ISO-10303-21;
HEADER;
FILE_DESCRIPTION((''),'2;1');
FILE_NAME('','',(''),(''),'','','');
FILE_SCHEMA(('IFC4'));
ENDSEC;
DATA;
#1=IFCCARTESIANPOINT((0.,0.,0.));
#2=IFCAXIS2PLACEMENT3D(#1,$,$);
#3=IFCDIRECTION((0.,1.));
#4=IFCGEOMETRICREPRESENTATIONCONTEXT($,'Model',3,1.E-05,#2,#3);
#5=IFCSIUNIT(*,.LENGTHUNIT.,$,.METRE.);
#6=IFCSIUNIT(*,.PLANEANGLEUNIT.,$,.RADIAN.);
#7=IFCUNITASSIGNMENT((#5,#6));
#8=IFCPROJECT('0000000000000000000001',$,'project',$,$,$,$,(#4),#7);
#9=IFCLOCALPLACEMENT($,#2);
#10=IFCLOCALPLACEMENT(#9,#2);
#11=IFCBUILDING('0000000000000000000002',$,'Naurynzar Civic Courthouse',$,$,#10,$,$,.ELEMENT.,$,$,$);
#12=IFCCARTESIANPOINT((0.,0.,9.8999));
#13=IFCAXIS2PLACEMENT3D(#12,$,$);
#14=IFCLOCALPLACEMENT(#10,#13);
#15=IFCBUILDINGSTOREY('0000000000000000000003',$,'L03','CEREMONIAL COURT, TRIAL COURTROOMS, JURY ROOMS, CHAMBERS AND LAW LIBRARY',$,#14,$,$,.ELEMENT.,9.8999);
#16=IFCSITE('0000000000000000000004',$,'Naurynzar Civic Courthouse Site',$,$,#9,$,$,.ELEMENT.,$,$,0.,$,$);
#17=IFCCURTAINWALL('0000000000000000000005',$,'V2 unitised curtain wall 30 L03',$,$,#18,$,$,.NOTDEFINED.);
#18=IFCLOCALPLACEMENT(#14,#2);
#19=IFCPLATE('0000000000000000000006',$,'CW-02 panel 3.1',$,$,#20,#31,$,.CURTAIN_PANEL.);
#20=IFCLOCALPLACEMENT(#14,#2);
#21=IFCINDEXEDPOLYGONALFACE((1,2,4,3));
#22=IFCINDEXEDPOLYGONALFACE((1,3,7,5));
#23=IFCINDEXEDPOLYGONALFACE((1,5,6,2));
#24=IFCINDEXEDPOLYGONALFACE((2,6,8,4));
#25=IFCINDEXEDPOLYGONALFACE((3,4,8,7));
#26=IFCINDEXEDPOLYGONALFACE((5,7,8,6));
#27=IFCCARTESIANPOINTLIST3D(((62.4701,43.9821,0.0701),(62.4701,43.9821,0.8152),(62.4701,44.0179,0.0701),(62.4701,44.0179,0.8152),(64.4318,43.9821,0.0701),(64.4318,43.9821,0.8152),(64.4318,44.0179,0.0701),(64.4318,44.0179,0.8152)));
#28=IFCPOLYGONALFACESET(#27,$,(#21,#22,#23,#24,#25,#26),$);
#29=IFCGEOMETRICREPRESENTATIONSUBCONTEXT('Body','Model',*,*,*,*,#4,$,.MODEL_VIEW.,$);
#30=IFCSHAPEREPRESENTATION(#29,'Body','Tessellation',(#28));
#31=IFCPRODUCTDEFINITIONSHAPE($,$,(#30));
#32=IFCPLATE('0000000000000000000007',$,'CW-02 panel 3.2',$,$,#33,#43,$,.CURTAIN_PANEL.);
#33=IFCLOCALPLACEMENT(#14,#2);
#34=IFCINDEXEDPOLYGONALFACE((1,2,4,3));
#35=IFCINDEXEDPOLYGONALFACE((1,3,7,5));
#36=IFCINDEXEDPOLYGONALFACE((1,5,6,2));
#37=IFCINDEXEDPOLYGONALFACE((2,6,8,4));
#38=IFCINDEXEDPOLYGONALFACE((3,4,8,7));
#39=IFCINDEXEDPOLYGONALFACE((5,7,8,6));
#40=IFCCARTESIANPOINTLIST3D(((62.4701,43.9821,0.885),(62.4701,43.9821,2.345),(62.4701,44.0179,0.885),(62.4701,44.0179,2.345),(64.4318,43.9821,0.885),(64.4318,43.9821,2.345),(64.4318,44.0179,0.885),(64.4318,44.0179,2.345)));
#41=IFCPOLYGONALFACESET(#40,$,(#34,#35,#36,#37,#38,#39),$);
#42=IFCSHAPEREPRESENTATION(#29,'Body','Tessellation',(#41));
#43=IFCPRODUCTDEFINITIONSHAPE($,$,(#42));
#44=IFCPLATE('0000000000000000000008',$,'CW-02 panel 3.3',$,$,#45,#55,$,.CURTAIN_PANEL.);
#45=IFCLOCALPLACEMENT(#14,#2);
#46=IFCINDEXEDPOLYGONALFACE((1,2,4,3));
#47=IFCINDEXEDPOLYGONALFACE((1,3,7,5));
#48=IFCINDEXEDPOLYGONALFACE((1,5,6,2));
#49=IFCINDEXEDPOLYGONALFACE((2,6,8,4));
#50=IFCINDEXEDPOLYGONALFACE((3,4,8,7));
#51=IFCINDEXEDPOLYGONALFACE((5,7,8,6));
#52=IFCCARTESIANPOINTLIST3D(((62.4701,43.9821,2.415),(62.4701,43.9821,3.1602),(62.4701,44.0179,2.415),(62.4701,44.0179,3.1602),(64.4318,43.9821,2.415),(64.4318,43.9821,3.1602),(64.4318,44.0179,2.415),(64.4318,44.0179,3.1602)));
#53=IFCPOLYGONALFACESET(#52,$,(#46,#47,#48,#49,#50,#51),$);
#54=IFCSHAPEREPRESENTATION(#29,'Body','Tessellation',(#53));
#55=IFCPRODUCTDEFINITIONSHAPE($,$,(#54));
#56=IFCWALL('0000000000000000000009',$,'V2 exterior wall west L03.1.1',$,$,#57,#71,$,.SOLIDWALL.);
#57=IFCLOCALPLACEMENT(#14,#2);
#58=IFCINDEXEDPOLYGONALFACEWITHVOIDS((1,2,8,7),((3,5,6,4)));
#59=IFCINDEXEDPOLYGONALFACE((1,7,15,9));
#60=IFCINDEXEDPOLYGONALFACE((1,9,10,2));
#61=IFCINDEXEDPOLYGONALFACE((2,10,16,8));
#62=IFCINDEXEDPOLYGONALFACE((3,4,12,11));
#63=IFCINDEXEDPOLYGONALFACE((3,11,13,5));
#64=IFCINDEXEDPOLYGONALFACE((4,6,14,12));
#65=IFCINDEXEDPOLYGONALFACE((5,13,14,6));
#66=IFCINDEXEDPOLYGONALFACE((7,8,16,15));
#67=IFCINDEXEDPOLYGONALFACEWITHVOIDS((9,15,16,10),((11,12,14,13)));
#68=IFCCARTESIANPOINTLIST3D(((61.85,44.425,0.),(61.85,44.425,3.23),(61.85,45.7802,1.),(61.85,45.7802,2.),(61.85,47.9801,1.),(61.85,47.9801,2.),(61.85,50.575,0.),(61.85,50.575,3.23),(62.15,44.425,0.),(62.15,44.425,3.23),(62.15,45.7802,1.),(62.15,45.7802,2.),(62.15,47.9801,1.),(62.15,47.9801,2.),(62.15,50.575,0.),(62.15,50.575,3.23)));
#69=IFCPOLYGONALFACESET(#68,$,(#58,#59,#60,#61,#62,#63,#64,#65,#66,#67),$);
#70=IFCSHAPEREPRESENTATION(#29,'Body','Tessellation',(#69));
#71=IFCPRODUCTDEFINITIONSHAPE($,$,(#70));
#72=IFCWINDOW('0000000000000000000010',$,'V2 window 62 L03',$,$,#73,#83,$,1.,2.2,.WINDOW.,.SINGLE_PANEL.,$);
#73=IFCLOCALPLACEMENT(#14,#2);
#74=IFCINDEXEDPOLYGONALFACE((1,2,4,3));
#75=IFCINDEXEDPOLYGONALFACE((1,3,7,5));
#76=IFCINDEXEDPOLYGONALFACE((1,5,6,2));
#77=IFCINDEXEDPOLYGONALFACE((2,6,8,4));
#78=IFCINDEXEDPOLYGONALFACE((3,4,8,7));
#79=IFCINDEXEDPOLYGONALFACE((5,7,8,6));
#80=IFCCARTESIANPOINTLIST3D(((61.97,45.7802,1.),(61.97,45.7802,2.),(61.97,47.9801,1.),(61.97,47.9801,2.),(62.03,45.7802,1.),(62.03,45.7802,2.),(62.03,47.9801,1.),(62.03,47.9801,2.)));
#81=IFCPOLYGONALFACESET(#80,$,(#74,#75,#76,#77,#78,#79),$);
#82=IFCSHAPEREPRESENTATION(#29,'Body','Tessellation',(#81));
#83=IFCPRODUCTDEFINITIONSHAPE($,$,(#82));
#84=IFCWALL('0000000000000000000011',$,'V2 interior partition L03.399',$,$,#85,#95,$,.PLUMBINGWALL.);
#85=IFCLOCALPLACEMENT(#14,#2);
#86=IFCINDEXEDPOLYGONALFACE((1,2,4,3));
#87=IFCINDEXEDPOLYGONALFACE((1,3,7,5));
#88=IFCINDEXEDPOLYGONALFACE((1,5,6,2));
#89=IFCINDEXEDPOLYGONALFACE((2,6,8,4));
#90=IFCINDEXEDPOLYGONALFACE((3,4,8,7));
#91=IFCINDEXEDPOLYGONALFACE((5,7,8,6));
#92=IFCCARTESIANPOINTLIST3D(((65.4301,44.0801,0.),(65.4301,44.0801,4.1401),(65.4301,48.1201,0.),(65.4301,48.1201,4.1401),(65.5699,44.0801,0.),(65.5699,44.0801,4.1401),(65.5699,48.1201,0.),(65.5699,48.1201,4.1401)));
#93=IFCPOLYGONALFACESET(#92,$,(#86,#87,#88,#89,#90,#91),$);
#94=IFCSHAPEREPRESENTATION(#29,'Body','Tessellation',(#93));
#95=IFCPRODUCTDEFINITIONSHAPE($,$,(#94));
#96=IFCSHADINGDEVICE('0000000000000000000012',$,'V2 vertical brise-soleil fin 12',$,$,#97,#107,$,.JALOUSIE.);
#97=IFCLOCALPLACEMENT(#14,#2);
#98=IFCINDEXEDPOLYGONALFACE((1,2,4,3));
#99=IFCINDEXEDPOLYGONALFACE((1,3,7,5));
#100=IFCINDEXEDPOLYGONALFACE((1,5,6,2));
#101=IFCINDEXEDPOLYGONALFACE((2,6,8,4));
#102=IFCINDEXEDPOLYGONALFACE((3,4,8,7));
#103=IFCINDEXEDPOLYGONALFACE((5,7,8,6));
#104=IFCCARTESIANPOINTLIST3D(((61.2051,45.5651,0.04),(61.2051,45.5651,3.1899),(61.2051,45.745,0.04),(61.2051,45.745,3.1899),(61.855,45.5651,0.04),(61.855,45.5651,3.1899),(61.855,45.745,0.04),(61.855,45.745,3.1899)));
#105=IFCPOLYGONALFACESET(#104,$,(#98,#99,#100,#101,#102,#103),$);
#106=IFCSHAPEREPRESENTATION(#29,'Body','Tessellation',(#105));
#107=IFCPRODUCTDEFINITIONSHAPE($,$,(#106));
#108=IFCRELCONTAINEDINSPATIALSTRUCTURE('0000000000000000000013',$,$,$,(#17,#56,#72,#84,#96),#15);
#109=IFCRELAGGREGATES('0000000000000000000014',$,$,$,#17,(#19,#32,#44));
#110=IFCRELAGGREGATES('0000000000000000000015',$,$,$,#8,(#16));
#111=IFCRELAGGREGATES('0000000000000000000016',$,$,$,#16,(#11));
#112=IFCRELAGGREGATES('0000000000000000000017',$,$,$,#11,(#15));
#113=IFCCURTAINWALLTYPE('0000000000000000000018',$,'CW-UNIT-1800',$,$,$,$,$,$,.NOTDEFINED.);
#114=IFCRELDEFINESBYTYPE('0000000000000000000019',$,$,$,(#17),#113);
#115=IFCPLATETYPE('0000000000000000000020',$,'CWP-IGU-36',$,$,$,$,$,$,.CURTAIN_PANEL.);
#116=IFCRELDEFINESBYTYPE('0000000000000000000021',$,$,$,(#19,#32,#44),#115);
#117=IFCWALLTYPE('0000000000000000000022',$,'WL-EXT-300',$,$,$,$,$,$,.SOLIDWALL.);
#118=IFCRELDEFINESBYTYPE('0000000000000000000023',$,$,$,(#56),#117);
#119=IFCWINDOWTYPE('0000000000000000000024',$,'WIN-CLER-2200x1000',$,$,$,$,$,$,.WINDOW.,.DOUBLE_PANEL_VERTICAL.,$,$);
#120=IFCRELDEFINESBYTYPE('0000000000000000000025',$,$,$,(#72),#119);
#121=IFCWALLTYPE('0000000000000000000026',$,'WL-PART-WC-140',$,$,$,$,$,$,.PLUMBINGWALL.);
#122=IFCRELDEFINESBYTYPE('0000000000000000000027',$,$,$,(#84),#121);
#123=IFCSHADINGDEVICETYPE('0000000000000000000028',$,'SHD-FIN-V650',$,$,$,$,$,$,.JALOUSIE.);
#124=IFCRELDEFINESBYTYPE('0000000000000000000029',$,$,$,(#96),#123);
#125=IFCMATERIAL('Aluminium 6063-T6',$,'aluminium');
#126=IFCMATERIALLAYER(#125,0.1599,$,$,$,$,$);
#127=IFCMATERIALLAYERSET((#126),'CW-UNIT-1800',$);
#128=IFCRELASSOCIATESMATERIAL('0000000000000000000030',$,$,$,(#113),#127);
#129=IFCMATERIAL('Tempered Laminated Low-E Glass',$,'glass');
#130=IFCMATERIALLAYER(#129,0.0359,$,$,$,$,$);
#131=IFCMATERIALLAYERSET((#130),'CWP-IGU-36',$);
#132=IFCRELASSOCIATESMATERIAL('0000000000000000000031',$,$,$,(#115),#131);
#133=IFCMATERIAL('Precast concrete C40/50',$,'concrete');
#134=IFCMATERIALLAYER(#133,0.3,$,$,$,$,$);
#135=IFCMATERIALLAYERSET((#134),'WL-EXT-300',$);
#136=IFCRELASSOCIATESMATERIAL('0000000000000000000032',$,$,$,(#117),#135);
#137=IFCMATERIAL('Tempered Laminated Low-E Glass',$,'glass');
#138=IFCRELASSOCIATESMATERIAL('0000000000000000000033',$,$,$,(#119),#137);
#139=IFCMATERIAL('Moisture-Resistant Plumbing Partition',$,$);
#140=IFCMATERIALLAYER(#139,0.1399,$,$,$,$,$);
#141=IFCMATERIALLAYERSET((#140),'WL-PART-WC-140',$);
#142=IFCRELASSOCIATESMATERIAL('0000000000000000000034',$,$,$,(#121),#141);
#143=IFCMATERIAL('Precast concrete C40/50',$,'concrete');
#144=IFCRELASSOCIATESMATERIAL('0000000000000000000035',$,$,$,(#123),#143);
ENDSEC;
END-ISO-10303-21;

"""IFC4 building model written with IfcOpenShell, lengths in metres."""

from ifc_helpers import new_model, si_unit, direction, frame, frame_2d, origin, origin_2d, place, context, subcontext, project, spatial, rectangle, extrude, material, layer, layer_set, type_object, element, fill, aggregate, save


model = new_model("IFC4")

# Units and contexts
model_context = context("Model", 3, precision=1e-05, world=origin(), true_north=direction((0.0, 1.0)))
body_context = subcontext(model_context, "Body", "Model", "MODEL_VIEW")
ifc_project = project(units=[si_unit("LENGTHUNIT", "METRE"), si_unit("PLANEANGLEUNIT", "RADIAN")], contexts=[model_context])

# Site, building, storey
site_placement = place(None, origin())
site = spatial("IfcSite", under=ifc_project, at=site_placement, Name="Naurynzar Civic Courthouse Site", CompositionType="ELEMENT", RefElevation=0.0)
building_placement = place(site_placement, origin())
building = spatial("IfcBuilding", under=site, at=building_placement, Name="Naurynzar Civic Courthouse", CompositionType="ELEMENT")
storey_placement = place(building_placement, frame((0.0, 0.0, 9.8999)))
storey = spatial("IfcBuildingStorey", under=building, at=storey_placement, Name="L03", Description="CEREMONIAL COURT, TRIAL COURTROOMS, JURY ROOMS, CHAMBERS AND LAW LIBRARY", CompositionType="ELEMENT", Elevation=9.8999)

# Curtain wall, plates
ifc_material_1 = material(Name="Aluminium 6063-T6", Category="aluminium")
ifc_layer_1 = layer(ifc_material_1, 0.1599)
ifc_layer_set_1 = layer_set([ifc_layer_1], Name="CW-UNIT-1800")
curtain_wall_type = type_object("IfcCurtainWallType", Name="CW-UNIT-1800", PredefinedType="NOTDEFINED", material=ifc_layer_set_1)
curtain_wall_placement = place(storey_placement, origin())
curtain_wall = element("IfcCurtainWall", 1, at=curtain_wall_placement, inside=storey, type_object=curtain_wall_type, Name="V2 unitised curtain wall 30 L03", PredefinedType="NOTDEFINED")
ifc_material_2 = material(Name="Tempered Laminated Low-E Glass", Category="glass")
ifc_layer_2 = layer(ifc_material_2, 0.0359)
ifc_layer_set_2 = layer_set([ifc_layer_2], Name="CWP-IGU-36")
plate_type = type_object("IfcPlateType", Name="CWP-IGU-36", PredefinedType="CURTAIN_PANEL", material=ifc_layer_set_2)
plate_1_placement = place(storey_placement, frame((63.4509, 44.0, 0.0701), z_axis=(0.0, 0.0, 1.0), x_axis=(-1.0, 0.0, 0.0)))
plate_1 = element("IfcPlate", 2, at=plate_1_placement, type_object=plate_type, Name="CW-02 panel 3.1", PredefinedType="CURTAIN_PANEL", context=body_context, shape_type="SweptSolid", body=[
    extrude(rectangle(XDim=1.9617, YDim=0.0359, at=origin_2d()), origin(), (0.0, 0.0, 1.0), 0.7451),
])
plate_2_placement = place(storey_placement, frame((63.4509, 44.0, 0.885), z_axis=(0.0, 0.0, 1.0), x_axis=(-1.0, 0.0, 0.0)))
plate_2 = element("IfcPlate", 3, at=plate_2_placement, type_object=plate_type, Name="CW-02 panel 3.2", PredefinedType="CURTAIN_PANEL", context=body_context, shape_type="SweptSolid", body=[
    extrude(rectangle(XDim=1.9617, YDim=0.0359, at=origin_2d()), origin(), (0.0, 0.0, 1.0), 1.46),
])
plate_3_placement = place(storey_placement, frame((63.4509, 44.0, 2.415), z_axis=(0.0, 0.0, 1.0), x_axis=(-1.0, 0.0, 0.0)))
plate_3 = element("IfcPlate", 4, at=plate_3_placement, type_object=plate_type, Name="CW-02 panel 3.3", PredefinedType="CURTAIN_PANEL", context=body_context, shape_type="SweptSolid", body=[
    extrude(rectangle(XDim=1.9617, YDim=0.0359, at=origin_2d()), origin(), (0.0, 0.0, 1.0), 0.7451),
])
aggregate(curtain_wall, [plate_1, plate_2, plate_3])

# Wall, opening, window
ifc_material_3 = material(Name="Precast concrete C40/50", Category="concrete")
ifc_layer_3 = layer(ifc_material_3, 0.3)
ifc_layer_set_3 = layer_set([ifc_layer_3], Name="WL-EXT-300")
wall_type_1 = type_object("IfcWallType", Name="WL-EXT-300", PredefinedType="SOLIDWALL", material=ifc_layer_set_3)
wall_1_placement = place(storey_placement, frame((62.0, 44.425, 0.0), z_axis=(0.0, 0.0, 1.0), x_axis=(0.0, 1.0, 0.0)))
wall_1 = element("IfcWall", 5, at=wall_1_placement, inside=storey, type_object=wall_type_1, Name="V2 exterior wall west L03.1.1", PredefinedType="SOLIDWALL", context=body_context, shape_type="SweptSolid", body=[
    extrude(rectangle(XDim=6.1499, YDim=0.3, at=frame_2d((3.075, 0.0))), origin(), (0.0, 0.0, 1.0), 3.23),
])
opening_placement = place(wall_1_placement, frame((1.355, 0.0, 1.0)))
opening = element("IfcOpeningElement", 6, at=opening_placement, cuts=wall_1, PredefinedType="OPENING", context=body_context, shape_type="SweptSolid", body=[
    extrude(rectangle(XDim=2.2, YDim=1.0, at=frame_2d((1.1001, 0.5))), frame((0.0, 0.1599, 0.0), z_axis=(0.0, -1.0, 0.0), x_axis=(1.0, 0.0, 0.0)), (0.0, 0.0, 1.0), 0.3201),
])
ifc_material_4 = material(Name="Tempered Laminated Low-E Glass", Category="glass")
window_type = type_object("IfcWindowType", Name="WIN-CLER-2200x1000", PartitioningType="DOUBLE_PANEL_VERTICAL", PredefinedType="WINDOW", material=ifc_material_4)
window_placement = place(opening_placement, origin())
window = element("IfcWindow", 7, at=window_placement, inside=storey, type_object=window_type, Name="V2 window 62 L03", OverallHeight=1.0, OverallWidth=2.2, PartitioningType="SINGLE_PANEL", PredefinedType="WINDOW", context=body_context, shape_type="SweptSolid", body=[
    extrude(rectangle(XDim=2.2, YDim=1.0, at=frame_2d((1.1001, 0.5))), frame((0.0, 0.03, 0.0), z_axis=(0.0, -1.0, 0.0), x_axis=(1.0, 0.0, 0.0)), (0.0, 0.0, 1.0), 0.0601),
])
fill(opening, window)

# Wall
ifc_material_5 = material(Name="Moisture-Resistant Plumbing Partition")
ifc_layer_4 = layer(ifc_material_5, 0.1399)
ifc_layer_set_4 = layer_set([ifc_layer_4], Name="WL-PART-WC-140")
wall_type_2 = type_object("IfcWallType", Name="WL-PART-WC-140", PredefinedType="PLUMBINGWALL", material=ifc_layer_set_4)
wall_2_placement = place(storey_placement, frame((65.5, 44.0801, 0.0), z_axis=(0.0, 0.0, 1.0), x_axis=(0.0, 1.0, 0.0)))
element("IfcWall", 8, at=wall_2_placement, inside=storey, type_object=wall_type_2, Name="V2 interior partition L03.399", PredefinedType="PLUMBINGWALL", context=body_context, shape_type="SweptSolid", body=[
    extrude(rectangle(XDim=4.04, YDim=0.1399, at=frame_2d((2.02, 0.0))), origin(), (0.0, 0.0, 1.0), 4.1401),
])

# Shading device
ifc_material_6 = material(Name="Precast concrete C40/50", Category="concrete")
shading_device_type = type_object("IfcShadingDeviceType", Name="SHD-FIN-V650", PredefinedType="JALOUSIE", material=ifc_material_6)
shading_device_placement = place(storey_placement, frame((61.53, 45.655, 0.04), z_axis=(0.0, 0.0, 1.0), x_axis=(0.0, 1.0, 0.0)))
element("IfcShadingDevice", 9, at=shading_device_placement, inside=storey, type_object=shading_device_type, Name="V2 vertical brise-soleil fin 12", PredefinedType="JALOUSIE", context=body_context, shape_type="SweptSolid", body=[
    extrude(rectangle(XDim=0.1799, YDim=0.6499, at=origin_2d()), origin(), (0.0, 0.0, 1.0), 3.1499),
])

save(model, "model.ifc")
